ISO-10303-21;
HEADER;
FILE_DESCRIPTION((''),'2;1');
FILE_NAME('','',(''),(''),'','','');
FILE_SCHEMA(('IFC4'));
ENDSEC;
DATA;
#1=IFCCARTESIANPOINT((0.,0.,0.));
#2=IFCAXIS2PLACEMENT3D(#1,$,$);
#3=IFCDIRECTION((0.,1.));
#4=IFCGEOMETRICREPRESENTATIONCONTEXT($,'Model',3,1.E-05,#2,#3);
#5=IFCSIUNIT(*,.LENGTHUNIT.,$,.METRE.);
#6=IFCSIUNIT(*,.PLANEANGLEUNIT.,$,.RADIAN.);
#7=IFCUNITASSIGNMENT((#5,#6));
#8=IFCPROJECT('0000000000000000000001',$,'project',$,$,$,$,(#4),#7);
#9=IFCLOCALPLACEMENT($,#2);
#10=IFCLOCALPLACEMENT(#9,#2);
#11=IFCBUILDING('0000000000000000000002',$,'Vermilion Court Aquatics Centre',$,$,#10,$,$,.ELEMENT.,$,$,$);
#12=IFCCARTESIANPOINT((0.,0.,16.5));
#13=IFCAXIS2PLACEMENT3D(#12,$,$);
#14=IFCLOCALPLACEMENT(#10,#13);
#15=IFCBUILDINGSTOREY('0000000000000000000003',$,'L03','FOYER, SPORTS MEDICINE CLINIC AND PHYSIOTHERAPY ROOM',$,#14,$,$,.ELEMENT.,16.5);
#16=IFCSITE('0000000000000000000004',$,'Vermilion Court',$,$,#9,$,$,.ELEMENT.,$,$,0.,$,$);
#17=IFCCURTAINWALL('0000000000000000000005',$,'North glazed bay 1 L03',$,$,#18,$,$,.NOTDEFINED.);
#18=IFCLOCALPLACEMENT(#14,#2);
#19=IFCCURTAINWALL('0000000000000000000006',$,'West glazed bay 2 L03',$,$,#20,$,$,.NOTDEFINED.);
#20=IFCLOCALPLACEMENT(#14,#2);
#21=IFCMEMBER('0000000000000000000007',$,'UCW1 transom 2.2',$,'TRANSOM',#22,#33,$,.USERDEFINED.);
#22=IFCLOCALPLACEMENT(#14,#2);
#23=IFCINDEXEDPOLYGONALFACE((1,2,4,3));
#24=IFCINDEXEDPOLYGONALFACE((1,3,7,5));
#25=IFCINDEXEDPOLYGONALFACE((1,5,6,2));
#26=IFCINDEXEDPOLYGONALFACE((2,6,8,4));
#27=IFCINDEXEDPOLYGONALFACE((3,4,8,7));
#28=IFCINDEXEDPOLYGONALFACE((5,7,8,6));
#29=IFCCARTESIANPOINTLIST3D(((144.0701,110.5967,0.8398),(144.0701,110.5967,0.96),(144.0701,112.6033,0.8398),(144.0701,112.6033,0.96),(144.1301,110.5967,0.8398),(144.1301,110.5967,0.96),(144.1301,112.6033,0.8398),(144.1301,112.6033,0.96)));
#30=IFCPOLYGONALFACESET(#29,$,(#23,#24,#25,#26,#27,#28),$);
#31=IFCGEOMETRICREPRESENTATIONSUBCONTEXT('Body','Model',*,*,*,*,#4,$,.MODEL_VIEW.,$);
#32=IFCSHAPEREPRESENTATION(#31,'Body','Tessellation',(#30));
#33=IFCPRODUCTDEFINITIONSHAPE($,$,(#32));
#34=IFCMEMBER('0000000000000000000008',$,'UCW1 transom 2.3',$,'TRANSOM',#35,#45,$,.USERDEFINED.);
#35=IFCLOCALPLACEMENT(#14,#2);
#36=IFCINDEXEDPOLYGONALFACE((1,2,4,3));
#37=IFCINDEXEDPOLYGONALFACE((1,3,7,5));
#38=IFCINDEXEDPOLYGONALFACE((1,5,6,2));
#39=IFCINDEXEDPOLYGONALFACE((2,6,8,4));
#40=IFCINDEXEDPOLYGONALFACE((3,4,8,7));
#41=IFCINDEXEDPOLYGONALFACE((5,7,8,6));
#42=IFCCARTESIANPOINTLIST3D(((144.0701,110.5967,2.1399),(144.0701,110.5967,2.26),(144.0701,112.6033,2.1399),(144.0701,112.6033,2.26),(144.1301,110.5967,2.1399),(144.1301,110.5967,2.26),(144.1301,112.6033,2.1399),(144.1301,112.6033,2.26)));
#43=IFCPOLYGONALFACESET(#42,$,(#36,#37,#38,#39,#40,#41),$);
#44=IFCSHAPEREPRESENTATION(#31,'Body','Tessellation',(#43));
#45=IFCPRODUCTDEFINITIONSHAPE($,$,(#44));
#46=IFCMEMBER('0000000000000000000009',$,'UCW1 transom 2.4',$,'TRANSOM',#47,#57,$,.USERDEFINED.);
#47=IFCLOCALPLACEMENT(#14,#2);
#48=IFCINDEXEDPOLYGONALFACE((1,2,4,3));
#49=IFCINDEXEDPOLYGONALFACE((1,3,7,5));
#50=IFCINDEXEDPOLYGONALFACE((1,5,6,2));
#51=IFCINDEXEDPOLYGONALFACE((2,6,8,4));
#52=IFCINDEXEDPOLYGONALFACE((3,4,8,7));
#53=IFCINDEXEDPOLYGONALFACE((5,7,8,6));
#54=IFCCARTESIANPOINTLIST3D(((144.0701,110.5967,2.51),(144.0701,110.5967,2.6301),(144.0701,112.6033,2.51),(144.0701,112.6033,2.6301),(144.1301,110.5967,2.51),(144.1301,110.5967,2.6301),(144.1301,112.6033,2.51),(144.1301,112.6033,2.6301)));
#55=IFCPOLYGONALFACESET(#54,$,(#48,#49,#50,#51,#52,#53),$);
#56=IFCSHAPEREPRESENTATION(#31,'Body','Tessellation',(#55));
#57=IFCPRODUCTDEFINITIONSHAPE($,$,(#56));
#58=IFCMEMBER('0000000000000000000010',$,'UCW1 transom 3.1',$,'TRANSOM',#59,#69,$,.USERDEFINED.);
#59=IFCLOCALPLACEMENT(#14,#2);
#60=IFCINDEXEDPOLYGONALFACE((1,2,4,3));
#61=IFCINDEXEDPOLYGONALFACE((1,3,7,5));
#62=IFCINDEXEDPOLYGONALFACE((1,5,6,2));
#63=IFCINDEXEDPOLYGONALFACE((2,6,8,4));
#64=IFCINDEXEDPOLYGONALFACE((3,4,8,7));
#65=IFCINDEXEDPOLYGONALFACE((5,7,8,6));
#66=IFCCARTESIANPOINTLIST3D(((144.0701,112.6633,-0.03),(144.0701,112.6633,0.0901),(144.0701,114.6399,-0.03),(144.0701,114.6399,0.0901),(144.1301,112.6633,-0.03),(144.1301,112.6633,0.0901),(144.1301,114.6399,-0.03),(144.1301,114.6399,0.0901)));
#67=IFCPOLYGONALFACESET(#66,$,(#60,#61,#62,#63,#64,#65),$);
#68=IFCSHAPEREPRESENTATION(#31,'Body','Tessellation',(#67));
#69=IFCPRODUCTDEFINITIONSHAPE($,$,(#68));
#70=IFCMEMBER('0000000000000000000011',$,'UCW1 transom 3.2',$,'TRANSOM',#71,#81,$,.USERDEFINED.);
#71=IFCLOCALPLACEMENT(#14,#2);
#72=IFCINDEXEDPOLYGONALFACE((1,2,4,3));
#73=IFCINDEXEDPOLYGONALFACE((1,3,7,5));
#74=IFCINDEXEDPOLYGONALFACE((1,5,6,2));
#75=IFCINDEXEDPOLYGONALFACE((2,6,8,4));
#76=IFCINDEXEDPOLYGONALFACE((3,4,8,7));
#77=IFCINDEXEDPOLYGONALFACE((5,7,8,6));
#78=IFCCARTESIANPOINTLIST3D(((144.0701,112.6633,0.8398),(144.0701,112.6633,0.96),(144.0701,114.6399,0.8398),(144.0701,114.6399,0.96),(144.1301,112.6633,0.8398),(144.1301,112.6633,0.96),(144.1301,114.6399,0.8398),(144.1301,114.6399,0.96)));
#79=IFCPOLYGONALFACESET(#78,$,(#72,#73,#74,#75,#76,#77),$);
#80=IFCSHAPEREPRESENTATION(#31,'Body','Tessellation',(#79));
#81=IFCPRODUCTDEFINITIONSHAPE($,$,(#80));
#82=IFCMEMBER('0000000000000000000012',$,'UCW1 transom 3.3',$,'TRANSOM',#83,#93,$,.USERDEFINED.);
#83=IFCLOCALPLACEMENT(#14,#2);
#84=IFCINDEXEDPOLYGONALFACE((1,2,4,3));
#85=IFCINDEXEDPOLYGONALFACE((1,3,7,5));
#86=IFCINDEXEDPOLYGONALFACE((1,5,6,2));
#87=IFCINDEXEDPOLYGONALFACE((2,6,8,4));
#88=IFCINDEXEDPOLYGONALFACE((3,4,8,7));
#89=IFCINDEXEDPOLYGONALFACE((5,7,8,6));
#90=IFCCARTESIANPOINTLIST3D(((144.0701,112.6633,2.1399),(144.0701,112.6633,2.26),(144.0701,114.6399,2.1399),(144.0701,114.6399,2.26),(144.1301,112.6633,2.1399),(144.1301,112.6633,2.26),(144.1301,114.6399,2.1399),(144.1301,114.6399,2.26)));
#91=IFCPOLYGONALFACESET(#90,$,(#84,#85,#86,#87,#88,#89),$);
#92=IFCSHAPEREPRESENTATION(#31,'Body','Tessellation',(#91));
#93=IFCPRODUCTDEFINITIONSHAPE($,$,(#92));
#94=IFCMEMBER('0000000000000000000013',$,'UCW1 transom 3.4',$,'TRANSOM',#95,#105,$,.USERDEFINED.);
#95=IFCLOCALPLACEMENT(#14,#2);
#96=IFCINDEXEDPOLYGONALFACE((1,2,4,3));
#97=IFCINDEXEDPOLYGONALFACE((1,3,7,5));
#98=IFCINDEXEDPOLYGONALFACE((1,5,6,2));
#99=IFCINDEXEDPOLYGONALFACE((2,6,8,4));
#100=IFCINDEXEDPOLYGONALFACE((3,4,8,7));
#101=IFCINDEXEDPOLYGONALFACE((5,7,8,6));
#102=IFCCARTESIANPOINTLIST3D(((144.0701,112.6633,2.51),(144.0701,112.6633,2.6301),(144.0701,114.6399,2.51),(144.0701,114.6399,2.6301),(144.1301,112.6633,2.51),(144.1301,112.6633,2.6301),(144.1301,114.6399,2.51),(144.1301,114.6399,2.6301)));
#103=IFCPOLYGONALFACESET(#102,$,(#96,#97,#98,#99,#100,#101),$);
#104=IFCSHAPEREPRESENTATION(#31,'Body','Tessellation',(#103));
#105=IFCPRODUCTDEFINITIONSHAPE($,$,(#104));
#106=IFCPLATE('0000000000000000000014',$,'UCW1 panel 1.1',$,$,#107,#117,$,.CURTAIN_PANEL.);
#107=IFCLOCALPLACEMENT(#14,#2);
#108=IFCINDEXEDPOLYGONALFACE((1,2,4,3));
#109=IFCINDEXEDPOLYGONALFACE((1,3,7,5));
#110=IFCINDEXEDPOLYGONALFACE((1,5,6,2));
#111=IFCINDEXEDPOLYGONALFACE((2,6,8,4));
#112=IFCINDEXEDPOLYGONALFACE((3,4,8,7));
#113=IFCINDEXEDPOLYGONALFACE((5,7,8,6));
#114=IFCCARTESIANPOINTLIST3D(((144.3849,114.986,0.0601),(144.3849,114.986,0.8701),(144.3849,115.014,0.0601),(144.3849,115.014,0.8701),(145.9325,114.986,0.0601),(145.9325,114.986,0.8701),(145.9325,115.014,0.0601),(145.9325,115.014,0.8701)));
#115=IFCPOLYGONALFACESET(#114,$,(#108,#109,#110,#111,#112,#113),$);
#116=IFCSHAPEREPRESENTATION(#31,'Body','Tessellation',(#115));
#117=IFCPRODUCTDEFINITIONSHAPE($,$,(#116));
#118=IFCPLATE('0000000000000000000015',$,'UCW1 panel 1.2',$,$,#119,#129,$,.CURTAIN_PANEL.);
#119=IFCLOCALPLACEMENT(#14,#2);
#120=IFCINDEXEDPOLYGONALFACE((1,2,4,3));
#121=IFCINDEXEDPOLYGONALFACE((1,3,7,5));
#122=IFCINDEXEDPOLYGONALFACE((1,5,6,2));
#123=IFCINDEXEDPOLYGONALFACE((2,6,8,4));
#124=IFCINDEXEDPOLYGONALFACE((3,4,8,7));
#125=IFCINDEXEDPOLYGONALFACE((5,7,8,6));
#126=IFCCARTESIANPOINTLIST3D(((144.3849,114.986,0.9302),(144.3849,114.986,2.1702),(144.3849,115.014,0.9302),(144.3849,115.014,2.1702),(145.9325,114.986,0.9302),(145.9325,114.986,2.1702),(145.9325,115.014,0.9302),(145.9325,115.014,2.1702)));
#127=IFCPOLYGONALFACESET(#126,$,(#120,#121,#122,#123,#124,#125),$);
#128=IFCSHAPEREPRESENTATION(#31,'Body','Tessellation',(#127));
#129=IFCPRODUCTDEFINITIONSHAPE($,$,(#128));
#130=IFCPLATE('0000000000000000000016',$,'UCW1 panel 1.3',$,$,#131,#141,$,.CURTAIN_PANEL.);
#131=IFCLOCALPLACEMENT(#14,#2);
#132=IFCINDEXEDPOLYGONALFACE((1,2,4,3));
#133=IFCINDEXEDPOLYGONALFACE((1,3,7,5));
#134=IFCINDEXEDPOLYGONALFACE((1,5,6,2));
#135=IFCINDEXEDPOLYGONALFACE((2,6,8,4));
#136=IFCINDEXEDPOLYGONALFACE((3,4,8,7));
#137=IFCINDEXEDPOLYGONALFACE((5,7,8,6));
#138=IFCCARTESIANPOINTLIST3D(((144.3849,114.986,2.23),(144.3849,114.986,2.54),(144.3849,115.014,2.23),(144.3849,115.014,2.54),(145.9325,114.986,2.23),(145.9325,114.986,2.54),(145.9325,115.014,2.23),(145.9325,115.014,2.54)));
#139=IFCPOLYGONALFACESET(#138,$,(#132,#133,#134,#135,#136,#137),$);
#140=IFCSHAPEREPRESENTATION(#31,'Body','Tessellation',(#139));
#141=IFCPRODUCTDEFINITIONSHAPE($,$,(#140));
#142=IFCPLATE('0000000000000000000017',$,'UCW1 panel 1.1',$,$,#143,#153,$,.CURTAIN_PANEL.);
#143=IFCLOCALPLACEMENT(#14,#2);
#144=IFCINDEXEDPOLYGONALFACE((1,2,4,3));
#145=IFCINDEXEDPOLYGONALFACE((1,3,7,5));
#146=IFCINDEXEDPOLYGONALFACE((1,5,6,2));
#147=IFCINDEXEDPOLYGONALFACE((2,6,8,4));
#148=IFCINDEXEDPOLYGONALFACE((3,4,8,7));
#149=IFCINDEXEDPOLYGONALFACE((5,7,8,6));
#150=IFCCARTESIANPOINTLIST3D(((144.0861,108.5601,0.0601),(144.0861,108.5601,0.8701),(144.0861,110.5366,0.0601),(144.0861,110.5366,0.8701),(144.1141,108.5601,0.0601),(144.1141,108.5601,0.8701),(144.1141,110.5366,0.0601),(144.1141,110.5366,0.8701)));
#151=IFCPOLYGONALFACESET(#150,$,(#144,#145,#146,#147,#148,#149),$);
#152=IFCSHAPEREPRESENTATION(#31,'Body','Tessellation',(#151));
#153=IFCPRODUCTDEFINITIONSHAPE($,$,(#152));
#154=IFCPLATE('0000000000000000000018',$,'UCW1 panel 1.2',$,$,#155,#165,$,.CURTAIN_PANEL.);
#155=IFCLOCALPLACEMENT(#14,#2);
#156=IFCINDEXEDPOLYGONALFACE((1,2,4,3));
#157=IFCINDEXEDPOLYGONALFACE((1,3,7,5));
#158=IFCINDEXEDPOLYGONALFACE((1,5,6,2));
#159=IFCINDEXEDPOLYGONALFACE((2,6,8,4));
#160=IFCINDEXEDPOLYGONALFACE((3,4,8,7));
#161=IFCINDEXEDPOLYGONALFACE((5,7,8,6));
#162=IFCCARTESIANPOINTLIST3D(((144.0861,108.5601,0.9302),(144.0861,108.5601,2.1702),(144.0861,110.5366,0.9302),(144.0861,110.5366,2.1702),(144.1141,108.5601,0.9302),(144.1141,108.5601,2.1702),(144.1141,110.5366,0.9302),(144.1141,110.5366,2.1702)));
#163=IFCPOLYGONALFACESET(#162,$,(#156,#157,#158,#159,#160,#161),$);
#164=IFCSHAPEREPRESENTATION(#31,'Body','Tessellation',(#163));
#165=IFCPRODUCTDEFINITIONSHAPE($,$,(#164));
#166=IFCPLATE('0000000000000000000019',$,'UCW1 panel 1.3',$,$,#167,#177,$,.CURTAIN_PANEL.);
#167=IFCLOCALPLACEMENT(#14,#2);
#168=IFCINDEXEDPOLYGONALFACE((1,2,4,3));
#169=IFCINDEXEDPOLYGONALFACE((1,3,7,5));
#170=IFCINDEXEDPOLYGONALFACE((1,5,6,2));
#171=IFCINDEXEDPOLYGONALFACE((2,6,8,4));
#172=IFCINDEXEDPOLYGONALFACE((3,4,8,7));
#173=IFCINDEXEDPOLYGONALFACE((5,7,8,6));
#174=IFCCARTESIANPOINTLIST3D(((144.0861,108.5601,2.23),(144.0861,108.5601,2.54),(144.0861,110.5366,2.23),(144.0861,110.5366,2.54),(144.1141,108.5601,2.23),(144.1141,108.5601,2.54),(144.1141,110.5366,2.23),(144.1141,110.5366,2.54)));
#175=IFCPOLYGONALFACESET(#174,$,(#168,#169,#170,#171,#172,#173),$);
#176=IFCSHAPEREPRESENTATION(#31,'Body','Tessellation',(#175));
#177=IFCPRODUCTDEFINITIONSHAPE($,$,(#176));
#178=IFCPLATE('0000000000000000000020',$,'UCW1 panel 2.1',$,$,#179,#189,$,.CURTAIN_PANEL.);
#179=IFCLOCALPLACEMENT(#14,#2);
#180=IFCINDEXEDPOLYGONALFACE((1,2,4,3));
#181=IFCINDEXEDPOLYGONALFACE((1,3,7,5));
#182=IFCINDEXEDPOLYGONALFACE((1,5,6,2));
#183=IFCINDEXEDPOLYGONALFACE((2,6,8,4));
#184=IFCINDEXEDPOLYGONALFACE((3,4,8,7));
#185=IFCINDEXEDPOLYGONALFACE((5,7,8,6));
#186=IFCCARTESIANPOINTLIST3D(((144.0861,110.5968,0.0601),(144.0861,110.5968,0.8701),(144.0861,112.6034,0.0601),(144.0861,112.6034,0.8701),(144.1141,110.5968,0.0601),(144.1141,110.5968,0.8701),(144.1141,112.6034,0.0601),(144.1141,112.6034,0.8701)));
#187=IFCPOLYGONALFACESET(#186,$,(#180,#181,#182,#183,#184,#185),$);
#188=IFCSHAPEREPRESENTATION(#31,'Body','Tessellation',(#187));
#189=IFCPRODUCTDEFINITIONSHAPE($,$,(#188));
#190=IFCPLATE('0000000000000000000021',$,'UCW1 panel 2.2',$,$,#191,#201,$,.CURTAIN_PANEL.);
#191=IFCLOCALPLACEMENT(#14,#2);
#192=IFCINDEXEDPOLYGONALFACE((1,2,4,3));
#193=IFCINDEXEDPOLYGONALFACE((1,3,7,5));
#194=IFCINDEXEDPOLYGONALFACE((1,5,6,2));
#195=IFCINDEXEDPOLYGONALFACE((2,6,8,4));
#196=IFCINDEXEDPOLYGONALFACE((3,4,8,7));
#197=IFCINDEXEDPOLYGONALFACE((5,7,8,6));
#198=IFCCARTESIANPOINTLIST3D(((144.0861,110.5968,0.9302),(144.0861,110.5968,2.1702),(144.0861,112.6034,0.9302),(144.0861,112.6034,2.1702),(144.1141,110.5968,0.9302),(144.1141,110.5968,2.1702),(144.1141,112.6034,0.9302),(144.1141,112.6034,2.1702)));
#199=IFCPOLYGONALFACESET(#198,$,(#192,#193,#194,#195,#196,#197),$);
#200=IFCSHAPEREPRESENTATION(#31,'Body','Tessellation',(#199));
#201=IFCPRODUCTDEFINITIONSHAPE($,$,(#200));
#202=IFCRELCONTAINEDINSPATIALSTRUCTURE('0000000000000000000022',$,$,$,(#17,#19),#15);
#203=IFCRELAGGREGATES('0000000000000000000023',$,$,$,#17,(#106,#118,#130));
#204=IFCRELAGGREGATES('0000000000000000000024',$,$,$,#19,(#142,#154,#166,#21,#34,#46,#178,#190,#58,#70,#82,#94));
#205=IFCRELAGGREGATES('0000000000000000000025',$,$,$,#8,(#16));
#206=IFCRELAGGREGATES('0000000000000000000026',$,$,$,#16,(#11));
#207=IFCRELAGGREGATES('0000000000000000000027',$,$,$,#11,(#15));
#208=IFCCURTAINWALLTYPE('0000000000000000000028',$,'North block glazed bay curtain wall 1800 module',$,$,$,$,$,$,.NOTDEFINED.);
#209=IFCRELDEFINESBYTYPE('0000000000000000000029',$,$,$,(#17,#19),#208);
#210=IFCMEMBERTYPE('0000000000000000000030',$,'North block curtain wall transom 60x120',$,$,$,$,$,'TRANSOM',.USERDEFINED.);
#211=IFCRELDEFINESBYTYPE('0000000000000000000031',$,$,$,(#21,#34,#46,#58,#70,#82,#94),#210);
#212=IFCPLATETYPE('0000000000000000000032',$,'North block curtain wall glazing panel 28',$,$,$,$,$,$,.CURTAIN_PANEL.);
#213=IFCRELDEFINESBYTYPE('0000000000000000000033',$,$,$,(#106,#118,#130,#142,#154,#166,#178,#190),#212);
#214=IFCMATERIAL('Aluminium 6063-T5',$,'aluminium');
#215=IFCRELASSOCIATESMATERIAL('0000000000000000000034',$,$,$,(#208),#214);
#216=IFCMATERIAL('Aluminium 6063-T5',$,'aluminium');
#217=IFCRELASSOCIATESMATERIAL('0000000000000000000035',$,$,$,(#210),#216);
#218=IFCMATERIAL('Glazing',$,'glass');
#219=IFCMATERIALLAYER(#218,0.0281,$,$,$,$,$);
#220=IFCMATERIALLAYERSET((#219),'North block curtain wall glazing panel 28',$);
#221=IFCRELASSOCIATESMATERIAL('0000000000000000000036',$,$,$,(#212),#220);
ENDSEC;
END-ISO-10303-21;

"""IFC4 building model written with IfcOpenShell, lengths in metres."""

from ifc_helpers import new_model, si_unit, direction, frame, origin, origin_2d, place, context, subcontext, project, spatial, rectangle, extrude, material, layer, layer_set, material_profile, profile_set, type_object, element, aggregate, save


model = new_model("IFC4")

# Units and contexts
model_context = context("Model", 3, precision=1e-05, world=origin(), true_north=direction((0.0, 1.0)))
body_context = subcontext(model_context, "Body", "Model", "MODEL_VIEW")
ifc_project = project(units=[si_unit("LENGTHUNIT", "METRE"), si_unit("PLANEANGLEUNIT", "RADIAN")], contexts=[model_context])

# Site, building, storey
site_placement = place(None, origin())
site = spatial("IfcSite", under=ifc_project, at=site_placement, Name="Vermilion Court", CompositionType="ELEMENT", RefElevation=0.0)
building_placement = place(site_placement, origin())
building = spatial("IfcBuilding", under=site, at=building_placement, Name="Vermilion Court Aquatics Centre", CompositionType="ELEMENT")
storey_placement = place(building_placement, frame((0.0, 0.0, 16.5)))
storey = spatial("IfcBuildingStorey", under=building, at=storey_placement, Name="L03", Description="FOYER, SPORTS MEDICINE CLINIC AND PHYSIOTHERAPY ROOM", CompositionType="ELEMENT", Elevation=16.5)

# Curtain walls
ifc_material_1 = material(Name="Aluminium 6063-T5", Category="aluminium")
curtain_wall_type = type_object("IfcCurtainWallType", Name="North block glazed bay curtain wall 1800 module", PredefinedType="NOTDEFINED", material=ifc_material_1)
curtain_wall_1_placement = place(storey_placement, origin())
curtain_wall_1 = element("IfcCurtainWall", 1, at=curtain_wall_1_placement, inside=storey, type_object=curtain_wall_type, Name="North glazed bay 1 L03", PredefinedType="NOTDEFINED")
curtain_wall_2_placement = place(storey_placement, origin())
curtain_wall_2 = element("IfcCurtainWall", 2, at=curtain_wall_2_placement, inside=storey, type_object=curtain_wall_type, Name="West glazed bay 2 L03", PredefinedType="NOTDEFINED")

# Members
ifc_material_2 = material(Name="Aluminium 6063-T5", Category="aluminium")
ifc_material_profile_1 = material_profile(ifc_material_2, rectangle(XDim=0.0601, YDim=0.1201, at=origin_2d()), Name="AL 60x120")
ifc_profile_set_1 = profile_set([ifc_material_profile_1], Name="Aluminium 6063-T5")
member_type_1 = type_object("IfcMemberType", Name="North block curtain wall transom 60x120", ElementType="TRANSOM", PredefinedType="USERDEFINED", material=ifc_profile_set_1)
member_1_placement = place(storey_placement, frame((144.1001, 110.5967, 0.8999), z_axis=(0.0, 1.0, 0.0), x_axis=(-1.0, 0.0, 0.0)))
member_1 = element("IfcMember", 3, at=member_1_placement, type_object=member_type_1, Name="UCW1 transom 2.2", ObjectType="TRANSOM", PredefinedType="USERDEFINED", context=body_context, shape_type="SweptSolid", body=[
    extrude(rectangle(XDim=0.0601, YDim=0.1201, at=origin_2d()), origin(), (0.0, 0.0, 1.0), 2.0066),
])
member_2_placement = place(storey_placement, frame((144.1001, 110.5967, 2.2), z_axis=(0.0, 1.0, 0.0), x_axis=(-1.0, 0.0, 0.0)))
member_2 = element("IfcMember", 4, at=member_2_placement, type_object=member_type_1, Name="UCW1 transom 2.3", ObjectType="TRANSOM", PredefinedType="USERDEFINED", context=body_context, shape_type="SweptSolid", body=[
    extrude(rectangle(XDim=0.0601, YDim=0.1201, at=origin_2d()), origin(), (0.0, 0.0, 1.0), 2.0066),
])
member_3_placement = place(storey_placement, frame((144.1001, 110.5967, 2.5701), z_axis=(0.0, 1.0, 0.0), x_axis=(-1.0, 0.0, 0.0)))
member_3 = element("IfcMember", 5, at=member_3_placement, type_object=member_type_1, Name="UCW1 transom 2.4", ObjectType="TRANSOM", PredefinedType="USERDEFINED", context=body_context, shape_type="SweptSolid", body=[
    extrude(rectangle(XDim=0.0601, YDim=0.1201, at=origin_2d()), origin(), (0.0, 0.0, 1.0), 2.0066),
])
member_4_placement = place(storey_placement, frame((144.1001, 112.6633, 0.03), z_axis=(0.0, 1.0, 0.0), x_axis=(-1.0, 0.0, 0.0)))
member_4 = element("IfcMember", 6, at=member_4_placement, type_object=member_type_1, Name="UCW1 transom 3.1", ObjectType="TRANSOM", PredefinedType="USERDEFINED", context=body_context, shape_type="SweptSolid", body=[
    extrude(rectangle(XDim=0.0601, YDim=0.1201, at=origin_2d()), origin(), (0.0, 0.0, 1.0), 1.9766),
])
member_5_placement = place(storey_placement, frame((144.1001, 112.6633, 0.8999), z_axis=(0.0, 1.0, 0.0), x_axis=(-1.0, 0.0, 0.0)))
member_5 = element("IfcMember", 7, at=member_5_placement, type_object=member_type_1, Name="UCW1 transom 3.2", ObjectType="TRANSOM", PredefinedType="USERDEFINED", context=body_context, shape_type="SweptSolid", body=[
    extrude(rectangle(XDim=0.0601, YDim=0.1201, at=origin_2d()), origin(), (0.0, 0.0, 1.0), 1.9766),
])
member_6_placement = place(storey_placement, frame((144.1001, 112.6633, 2.2), z_axis=(0.0, 1.0, 0.0), x_axis=(-1.0, 0.0, 0.0)))
member_6 = element("IfcMember", 8, at=member_6_placement, type_object=member_type_1, Name="UCW1 transom 3.3", ObjectType="TRANSOM", PredefinedType="USERDEFINED", context=body_context, shape_type="SweptSolid", body=[
    extrude(rectangle(XDim=0.0601, YDim=0.1201, at=origin_2d()), origin(), (0.0, 0.0, 1.0), 1.9766),
])
member_7_placement = place(storey_placement, frame((144.1001, 112.6633, 2.5701), z_axis=(0.0, 1.0, 0.0), x_axis=(-1.0, 0.0, 0.0)))
member_7 = element("IfcMember", 9, at=member_7_placement, type_object=member_type_1, Name="UCW1 transom 3.4", ObjectType="TRANSOM", PredefinedType="USERDEFINED", context=body_context, shape_type="SweptSolid", body=[
    extrude(rectangle(XDim=0.0601, YDim=0.1201, at=origin_2d()), origin(), (0.0, 0.0, 1.0), 1.9766),
])

# Plates
ifc_material_3 = material(Name="Glazing", Category="glass")
ifc_layer = layer(ifc_material_3, 0.0281)
ifc_layer_set = layer_set([ifc_layer], Name="North block curtain wall glazing panel 28")
plate_type = type_object("IfcPlateType", Name="North block curtain wall glazing panel 28", PredefinedType="CURTAIN_PANEL", material=ifc_layer_set)
plate_1_placement = place(storey_placement, frame((145.1587, 115.0, 0.0601), z_axis=(0.0, 0.0, 1.0), x_axis=(1.0, 0.0, 0.0)))
plate_1 = element("IfcPlate", 10, at=plate_1_placement, type_object=plate_type, Name="UCW1 panel 1.1", PredefinedType="CURTAIN_PANEL", context=body_context, shape_type="SweptSolid", body=[
    extrude(rectangle(XDim=1.5476, YDim=0.0281, at=origin_2d()), origin(), (0.0, 0.0, 1.0), 0.8101),
])
plate_2_placement = place(storey_placement, frame((145.1587, 115.0, 0.9302), z_axis=(0.0, 0.0, 1.0), x_axis=(1.0, 0.0, 0.0)))
plate_2 = element("IfcPlate", 11, at=plate_2_placement, type_object=plate_type, Name="UCW1 panel 1.2", PredefinedType="CURTAIN_PANEL", context=body_context, shape_type="SweptSolid", body=[
    extrude(rectangle(XDim=1.5476, YDim=0.0281, at=origin_2d()), origin(), (0.0, 0.0, 1.0), 1.24),
])
plate_3_placement = place(storey_placement, frame((145.1587, 115.0, 2.23), z_axis=(0.0, 0.0, 1.0), x_axis=(1.0, 0.0, 0.0)))
plate_3 = element("IfcPlate", 12, at=plate_3_placement, type_object=plate_type, Name="UCW1 panel 1.3", PredefinedType="CURTAIN_PANEL", context=body_context, shape_type="SweptSolid", body=[
    extrude(rectangle(XDim=1.5476, YDim=0.0281, at=origin_2d()), origin(), (0.0, 0.0, 1.0), 0.3101),
])
aggregate(curtain_wall_1, [plate_1, plate_2, plate_3])
plate_4_placement = place(storey_placement, frame((144.1001, 109.5483, 0.0601), z_axis=(0.0, 0.0, 1.0), x_axis=(0.0, 1.0, 0.0)))
plate_4 = element("IfcPlate", 13, at=plate_4_placement, type_object=plate_type, Name="UCW1 panel 1.1", PredefinedType="CURTAIN_PANEL", context=body_context, shape_type="SweptSolid", body=[
    extrude(rectangle(XDim=1.9766, YDim=0.0281, at=origin_2d()), origin(), (0.0, 0.0, 1.0), 0.8101),
])
plate_5_placement = place(storey_placement, frame((144.1001, 109.5483, 0.9302), z_axis=(0.0, 0.0, 1.0), x_axis=(0.0, 1.0, 0.0)))
plate_5 = element("IfcPlate", 14, at=plate_5_placement, type_object=plate_type, Name="UCW1 panel 1.2", PredefinedType="CURTAIN_PANEL", context=body_context, shape_type="SweptSolid", body=[
    extrude(rectangle(XDim=1.9766, YDim=0.0281, at=origin_2d()), origin(), (0.0, 0.0, 1.0), 1.24),
])
plate_6_placement = place(storey_placement, frame((144.1001, 109.5483, 2.23), z_axis=(0.0, 0.0, 1.0), x_axis=(0.0, 1.0, 0.0)))
plate_6 = element("IfcPlate", 15, at=plate_6_placement, type_object=plate_type, Name="UCW1 panel 1.3", PredefinedType="CURTAIN_PANEL", context=body_context, shape_type="SweptSolid", body=[
    extrude(rectangle(XDim=1.9766, YDim=0.0281, at=origin_2d()), origin(), (0.0, 0.0, 1.0), 0.3101),
])
plate_7_placement = place(storey_placement, frame((144.1001, 111.6001, 0.0601), z_axis=(0.0, 0.0, 1.0), x_axis=(0.0, 1.0, 0.0)))
plate_7 = element("IfcPlate", 16, at=plate_7_placement, type_object=plate_type, Name="UCW1 panel 2.1", PredefinedType="CURTAIN_PANEL", context=body_context, shape_type="SweptSolid", body=[
    extrude(rectangle(XDim=2.0066, YDim=0.0281, at=origin_2d()), origin(), (0.0, 0.0, 1.0), 0.8101),
])
plate_8_placement = place(storey_placement, frame((144.1001, 111.6001, 0.9302), z_axis=(0.0, 0.0, 1.0), x_axis=(0.0, 1.0, 0.0)))
plate_8 = element("IfcPlate", 17, at=plate_8_placement, type_object=plate_type, Name="UCW1 panel 2.2", PredefinedType="CURTAIN_PANEL", context=body_context, shape_type="SweptSolid", body=[
    extrude(rectangle(XDim=2.0066, YDim=0.0281, at=origin_2d()), origin(), (0.0, 0.0, 1.0), 1.24),
])
aggregate(curtain_wall_2, [plate_4, plate_5, plate_6, member_1, member_2, member_3, plate_7, plate_8, member_4, member_5, member_6, member_7])

save(model, "model.ifc")
